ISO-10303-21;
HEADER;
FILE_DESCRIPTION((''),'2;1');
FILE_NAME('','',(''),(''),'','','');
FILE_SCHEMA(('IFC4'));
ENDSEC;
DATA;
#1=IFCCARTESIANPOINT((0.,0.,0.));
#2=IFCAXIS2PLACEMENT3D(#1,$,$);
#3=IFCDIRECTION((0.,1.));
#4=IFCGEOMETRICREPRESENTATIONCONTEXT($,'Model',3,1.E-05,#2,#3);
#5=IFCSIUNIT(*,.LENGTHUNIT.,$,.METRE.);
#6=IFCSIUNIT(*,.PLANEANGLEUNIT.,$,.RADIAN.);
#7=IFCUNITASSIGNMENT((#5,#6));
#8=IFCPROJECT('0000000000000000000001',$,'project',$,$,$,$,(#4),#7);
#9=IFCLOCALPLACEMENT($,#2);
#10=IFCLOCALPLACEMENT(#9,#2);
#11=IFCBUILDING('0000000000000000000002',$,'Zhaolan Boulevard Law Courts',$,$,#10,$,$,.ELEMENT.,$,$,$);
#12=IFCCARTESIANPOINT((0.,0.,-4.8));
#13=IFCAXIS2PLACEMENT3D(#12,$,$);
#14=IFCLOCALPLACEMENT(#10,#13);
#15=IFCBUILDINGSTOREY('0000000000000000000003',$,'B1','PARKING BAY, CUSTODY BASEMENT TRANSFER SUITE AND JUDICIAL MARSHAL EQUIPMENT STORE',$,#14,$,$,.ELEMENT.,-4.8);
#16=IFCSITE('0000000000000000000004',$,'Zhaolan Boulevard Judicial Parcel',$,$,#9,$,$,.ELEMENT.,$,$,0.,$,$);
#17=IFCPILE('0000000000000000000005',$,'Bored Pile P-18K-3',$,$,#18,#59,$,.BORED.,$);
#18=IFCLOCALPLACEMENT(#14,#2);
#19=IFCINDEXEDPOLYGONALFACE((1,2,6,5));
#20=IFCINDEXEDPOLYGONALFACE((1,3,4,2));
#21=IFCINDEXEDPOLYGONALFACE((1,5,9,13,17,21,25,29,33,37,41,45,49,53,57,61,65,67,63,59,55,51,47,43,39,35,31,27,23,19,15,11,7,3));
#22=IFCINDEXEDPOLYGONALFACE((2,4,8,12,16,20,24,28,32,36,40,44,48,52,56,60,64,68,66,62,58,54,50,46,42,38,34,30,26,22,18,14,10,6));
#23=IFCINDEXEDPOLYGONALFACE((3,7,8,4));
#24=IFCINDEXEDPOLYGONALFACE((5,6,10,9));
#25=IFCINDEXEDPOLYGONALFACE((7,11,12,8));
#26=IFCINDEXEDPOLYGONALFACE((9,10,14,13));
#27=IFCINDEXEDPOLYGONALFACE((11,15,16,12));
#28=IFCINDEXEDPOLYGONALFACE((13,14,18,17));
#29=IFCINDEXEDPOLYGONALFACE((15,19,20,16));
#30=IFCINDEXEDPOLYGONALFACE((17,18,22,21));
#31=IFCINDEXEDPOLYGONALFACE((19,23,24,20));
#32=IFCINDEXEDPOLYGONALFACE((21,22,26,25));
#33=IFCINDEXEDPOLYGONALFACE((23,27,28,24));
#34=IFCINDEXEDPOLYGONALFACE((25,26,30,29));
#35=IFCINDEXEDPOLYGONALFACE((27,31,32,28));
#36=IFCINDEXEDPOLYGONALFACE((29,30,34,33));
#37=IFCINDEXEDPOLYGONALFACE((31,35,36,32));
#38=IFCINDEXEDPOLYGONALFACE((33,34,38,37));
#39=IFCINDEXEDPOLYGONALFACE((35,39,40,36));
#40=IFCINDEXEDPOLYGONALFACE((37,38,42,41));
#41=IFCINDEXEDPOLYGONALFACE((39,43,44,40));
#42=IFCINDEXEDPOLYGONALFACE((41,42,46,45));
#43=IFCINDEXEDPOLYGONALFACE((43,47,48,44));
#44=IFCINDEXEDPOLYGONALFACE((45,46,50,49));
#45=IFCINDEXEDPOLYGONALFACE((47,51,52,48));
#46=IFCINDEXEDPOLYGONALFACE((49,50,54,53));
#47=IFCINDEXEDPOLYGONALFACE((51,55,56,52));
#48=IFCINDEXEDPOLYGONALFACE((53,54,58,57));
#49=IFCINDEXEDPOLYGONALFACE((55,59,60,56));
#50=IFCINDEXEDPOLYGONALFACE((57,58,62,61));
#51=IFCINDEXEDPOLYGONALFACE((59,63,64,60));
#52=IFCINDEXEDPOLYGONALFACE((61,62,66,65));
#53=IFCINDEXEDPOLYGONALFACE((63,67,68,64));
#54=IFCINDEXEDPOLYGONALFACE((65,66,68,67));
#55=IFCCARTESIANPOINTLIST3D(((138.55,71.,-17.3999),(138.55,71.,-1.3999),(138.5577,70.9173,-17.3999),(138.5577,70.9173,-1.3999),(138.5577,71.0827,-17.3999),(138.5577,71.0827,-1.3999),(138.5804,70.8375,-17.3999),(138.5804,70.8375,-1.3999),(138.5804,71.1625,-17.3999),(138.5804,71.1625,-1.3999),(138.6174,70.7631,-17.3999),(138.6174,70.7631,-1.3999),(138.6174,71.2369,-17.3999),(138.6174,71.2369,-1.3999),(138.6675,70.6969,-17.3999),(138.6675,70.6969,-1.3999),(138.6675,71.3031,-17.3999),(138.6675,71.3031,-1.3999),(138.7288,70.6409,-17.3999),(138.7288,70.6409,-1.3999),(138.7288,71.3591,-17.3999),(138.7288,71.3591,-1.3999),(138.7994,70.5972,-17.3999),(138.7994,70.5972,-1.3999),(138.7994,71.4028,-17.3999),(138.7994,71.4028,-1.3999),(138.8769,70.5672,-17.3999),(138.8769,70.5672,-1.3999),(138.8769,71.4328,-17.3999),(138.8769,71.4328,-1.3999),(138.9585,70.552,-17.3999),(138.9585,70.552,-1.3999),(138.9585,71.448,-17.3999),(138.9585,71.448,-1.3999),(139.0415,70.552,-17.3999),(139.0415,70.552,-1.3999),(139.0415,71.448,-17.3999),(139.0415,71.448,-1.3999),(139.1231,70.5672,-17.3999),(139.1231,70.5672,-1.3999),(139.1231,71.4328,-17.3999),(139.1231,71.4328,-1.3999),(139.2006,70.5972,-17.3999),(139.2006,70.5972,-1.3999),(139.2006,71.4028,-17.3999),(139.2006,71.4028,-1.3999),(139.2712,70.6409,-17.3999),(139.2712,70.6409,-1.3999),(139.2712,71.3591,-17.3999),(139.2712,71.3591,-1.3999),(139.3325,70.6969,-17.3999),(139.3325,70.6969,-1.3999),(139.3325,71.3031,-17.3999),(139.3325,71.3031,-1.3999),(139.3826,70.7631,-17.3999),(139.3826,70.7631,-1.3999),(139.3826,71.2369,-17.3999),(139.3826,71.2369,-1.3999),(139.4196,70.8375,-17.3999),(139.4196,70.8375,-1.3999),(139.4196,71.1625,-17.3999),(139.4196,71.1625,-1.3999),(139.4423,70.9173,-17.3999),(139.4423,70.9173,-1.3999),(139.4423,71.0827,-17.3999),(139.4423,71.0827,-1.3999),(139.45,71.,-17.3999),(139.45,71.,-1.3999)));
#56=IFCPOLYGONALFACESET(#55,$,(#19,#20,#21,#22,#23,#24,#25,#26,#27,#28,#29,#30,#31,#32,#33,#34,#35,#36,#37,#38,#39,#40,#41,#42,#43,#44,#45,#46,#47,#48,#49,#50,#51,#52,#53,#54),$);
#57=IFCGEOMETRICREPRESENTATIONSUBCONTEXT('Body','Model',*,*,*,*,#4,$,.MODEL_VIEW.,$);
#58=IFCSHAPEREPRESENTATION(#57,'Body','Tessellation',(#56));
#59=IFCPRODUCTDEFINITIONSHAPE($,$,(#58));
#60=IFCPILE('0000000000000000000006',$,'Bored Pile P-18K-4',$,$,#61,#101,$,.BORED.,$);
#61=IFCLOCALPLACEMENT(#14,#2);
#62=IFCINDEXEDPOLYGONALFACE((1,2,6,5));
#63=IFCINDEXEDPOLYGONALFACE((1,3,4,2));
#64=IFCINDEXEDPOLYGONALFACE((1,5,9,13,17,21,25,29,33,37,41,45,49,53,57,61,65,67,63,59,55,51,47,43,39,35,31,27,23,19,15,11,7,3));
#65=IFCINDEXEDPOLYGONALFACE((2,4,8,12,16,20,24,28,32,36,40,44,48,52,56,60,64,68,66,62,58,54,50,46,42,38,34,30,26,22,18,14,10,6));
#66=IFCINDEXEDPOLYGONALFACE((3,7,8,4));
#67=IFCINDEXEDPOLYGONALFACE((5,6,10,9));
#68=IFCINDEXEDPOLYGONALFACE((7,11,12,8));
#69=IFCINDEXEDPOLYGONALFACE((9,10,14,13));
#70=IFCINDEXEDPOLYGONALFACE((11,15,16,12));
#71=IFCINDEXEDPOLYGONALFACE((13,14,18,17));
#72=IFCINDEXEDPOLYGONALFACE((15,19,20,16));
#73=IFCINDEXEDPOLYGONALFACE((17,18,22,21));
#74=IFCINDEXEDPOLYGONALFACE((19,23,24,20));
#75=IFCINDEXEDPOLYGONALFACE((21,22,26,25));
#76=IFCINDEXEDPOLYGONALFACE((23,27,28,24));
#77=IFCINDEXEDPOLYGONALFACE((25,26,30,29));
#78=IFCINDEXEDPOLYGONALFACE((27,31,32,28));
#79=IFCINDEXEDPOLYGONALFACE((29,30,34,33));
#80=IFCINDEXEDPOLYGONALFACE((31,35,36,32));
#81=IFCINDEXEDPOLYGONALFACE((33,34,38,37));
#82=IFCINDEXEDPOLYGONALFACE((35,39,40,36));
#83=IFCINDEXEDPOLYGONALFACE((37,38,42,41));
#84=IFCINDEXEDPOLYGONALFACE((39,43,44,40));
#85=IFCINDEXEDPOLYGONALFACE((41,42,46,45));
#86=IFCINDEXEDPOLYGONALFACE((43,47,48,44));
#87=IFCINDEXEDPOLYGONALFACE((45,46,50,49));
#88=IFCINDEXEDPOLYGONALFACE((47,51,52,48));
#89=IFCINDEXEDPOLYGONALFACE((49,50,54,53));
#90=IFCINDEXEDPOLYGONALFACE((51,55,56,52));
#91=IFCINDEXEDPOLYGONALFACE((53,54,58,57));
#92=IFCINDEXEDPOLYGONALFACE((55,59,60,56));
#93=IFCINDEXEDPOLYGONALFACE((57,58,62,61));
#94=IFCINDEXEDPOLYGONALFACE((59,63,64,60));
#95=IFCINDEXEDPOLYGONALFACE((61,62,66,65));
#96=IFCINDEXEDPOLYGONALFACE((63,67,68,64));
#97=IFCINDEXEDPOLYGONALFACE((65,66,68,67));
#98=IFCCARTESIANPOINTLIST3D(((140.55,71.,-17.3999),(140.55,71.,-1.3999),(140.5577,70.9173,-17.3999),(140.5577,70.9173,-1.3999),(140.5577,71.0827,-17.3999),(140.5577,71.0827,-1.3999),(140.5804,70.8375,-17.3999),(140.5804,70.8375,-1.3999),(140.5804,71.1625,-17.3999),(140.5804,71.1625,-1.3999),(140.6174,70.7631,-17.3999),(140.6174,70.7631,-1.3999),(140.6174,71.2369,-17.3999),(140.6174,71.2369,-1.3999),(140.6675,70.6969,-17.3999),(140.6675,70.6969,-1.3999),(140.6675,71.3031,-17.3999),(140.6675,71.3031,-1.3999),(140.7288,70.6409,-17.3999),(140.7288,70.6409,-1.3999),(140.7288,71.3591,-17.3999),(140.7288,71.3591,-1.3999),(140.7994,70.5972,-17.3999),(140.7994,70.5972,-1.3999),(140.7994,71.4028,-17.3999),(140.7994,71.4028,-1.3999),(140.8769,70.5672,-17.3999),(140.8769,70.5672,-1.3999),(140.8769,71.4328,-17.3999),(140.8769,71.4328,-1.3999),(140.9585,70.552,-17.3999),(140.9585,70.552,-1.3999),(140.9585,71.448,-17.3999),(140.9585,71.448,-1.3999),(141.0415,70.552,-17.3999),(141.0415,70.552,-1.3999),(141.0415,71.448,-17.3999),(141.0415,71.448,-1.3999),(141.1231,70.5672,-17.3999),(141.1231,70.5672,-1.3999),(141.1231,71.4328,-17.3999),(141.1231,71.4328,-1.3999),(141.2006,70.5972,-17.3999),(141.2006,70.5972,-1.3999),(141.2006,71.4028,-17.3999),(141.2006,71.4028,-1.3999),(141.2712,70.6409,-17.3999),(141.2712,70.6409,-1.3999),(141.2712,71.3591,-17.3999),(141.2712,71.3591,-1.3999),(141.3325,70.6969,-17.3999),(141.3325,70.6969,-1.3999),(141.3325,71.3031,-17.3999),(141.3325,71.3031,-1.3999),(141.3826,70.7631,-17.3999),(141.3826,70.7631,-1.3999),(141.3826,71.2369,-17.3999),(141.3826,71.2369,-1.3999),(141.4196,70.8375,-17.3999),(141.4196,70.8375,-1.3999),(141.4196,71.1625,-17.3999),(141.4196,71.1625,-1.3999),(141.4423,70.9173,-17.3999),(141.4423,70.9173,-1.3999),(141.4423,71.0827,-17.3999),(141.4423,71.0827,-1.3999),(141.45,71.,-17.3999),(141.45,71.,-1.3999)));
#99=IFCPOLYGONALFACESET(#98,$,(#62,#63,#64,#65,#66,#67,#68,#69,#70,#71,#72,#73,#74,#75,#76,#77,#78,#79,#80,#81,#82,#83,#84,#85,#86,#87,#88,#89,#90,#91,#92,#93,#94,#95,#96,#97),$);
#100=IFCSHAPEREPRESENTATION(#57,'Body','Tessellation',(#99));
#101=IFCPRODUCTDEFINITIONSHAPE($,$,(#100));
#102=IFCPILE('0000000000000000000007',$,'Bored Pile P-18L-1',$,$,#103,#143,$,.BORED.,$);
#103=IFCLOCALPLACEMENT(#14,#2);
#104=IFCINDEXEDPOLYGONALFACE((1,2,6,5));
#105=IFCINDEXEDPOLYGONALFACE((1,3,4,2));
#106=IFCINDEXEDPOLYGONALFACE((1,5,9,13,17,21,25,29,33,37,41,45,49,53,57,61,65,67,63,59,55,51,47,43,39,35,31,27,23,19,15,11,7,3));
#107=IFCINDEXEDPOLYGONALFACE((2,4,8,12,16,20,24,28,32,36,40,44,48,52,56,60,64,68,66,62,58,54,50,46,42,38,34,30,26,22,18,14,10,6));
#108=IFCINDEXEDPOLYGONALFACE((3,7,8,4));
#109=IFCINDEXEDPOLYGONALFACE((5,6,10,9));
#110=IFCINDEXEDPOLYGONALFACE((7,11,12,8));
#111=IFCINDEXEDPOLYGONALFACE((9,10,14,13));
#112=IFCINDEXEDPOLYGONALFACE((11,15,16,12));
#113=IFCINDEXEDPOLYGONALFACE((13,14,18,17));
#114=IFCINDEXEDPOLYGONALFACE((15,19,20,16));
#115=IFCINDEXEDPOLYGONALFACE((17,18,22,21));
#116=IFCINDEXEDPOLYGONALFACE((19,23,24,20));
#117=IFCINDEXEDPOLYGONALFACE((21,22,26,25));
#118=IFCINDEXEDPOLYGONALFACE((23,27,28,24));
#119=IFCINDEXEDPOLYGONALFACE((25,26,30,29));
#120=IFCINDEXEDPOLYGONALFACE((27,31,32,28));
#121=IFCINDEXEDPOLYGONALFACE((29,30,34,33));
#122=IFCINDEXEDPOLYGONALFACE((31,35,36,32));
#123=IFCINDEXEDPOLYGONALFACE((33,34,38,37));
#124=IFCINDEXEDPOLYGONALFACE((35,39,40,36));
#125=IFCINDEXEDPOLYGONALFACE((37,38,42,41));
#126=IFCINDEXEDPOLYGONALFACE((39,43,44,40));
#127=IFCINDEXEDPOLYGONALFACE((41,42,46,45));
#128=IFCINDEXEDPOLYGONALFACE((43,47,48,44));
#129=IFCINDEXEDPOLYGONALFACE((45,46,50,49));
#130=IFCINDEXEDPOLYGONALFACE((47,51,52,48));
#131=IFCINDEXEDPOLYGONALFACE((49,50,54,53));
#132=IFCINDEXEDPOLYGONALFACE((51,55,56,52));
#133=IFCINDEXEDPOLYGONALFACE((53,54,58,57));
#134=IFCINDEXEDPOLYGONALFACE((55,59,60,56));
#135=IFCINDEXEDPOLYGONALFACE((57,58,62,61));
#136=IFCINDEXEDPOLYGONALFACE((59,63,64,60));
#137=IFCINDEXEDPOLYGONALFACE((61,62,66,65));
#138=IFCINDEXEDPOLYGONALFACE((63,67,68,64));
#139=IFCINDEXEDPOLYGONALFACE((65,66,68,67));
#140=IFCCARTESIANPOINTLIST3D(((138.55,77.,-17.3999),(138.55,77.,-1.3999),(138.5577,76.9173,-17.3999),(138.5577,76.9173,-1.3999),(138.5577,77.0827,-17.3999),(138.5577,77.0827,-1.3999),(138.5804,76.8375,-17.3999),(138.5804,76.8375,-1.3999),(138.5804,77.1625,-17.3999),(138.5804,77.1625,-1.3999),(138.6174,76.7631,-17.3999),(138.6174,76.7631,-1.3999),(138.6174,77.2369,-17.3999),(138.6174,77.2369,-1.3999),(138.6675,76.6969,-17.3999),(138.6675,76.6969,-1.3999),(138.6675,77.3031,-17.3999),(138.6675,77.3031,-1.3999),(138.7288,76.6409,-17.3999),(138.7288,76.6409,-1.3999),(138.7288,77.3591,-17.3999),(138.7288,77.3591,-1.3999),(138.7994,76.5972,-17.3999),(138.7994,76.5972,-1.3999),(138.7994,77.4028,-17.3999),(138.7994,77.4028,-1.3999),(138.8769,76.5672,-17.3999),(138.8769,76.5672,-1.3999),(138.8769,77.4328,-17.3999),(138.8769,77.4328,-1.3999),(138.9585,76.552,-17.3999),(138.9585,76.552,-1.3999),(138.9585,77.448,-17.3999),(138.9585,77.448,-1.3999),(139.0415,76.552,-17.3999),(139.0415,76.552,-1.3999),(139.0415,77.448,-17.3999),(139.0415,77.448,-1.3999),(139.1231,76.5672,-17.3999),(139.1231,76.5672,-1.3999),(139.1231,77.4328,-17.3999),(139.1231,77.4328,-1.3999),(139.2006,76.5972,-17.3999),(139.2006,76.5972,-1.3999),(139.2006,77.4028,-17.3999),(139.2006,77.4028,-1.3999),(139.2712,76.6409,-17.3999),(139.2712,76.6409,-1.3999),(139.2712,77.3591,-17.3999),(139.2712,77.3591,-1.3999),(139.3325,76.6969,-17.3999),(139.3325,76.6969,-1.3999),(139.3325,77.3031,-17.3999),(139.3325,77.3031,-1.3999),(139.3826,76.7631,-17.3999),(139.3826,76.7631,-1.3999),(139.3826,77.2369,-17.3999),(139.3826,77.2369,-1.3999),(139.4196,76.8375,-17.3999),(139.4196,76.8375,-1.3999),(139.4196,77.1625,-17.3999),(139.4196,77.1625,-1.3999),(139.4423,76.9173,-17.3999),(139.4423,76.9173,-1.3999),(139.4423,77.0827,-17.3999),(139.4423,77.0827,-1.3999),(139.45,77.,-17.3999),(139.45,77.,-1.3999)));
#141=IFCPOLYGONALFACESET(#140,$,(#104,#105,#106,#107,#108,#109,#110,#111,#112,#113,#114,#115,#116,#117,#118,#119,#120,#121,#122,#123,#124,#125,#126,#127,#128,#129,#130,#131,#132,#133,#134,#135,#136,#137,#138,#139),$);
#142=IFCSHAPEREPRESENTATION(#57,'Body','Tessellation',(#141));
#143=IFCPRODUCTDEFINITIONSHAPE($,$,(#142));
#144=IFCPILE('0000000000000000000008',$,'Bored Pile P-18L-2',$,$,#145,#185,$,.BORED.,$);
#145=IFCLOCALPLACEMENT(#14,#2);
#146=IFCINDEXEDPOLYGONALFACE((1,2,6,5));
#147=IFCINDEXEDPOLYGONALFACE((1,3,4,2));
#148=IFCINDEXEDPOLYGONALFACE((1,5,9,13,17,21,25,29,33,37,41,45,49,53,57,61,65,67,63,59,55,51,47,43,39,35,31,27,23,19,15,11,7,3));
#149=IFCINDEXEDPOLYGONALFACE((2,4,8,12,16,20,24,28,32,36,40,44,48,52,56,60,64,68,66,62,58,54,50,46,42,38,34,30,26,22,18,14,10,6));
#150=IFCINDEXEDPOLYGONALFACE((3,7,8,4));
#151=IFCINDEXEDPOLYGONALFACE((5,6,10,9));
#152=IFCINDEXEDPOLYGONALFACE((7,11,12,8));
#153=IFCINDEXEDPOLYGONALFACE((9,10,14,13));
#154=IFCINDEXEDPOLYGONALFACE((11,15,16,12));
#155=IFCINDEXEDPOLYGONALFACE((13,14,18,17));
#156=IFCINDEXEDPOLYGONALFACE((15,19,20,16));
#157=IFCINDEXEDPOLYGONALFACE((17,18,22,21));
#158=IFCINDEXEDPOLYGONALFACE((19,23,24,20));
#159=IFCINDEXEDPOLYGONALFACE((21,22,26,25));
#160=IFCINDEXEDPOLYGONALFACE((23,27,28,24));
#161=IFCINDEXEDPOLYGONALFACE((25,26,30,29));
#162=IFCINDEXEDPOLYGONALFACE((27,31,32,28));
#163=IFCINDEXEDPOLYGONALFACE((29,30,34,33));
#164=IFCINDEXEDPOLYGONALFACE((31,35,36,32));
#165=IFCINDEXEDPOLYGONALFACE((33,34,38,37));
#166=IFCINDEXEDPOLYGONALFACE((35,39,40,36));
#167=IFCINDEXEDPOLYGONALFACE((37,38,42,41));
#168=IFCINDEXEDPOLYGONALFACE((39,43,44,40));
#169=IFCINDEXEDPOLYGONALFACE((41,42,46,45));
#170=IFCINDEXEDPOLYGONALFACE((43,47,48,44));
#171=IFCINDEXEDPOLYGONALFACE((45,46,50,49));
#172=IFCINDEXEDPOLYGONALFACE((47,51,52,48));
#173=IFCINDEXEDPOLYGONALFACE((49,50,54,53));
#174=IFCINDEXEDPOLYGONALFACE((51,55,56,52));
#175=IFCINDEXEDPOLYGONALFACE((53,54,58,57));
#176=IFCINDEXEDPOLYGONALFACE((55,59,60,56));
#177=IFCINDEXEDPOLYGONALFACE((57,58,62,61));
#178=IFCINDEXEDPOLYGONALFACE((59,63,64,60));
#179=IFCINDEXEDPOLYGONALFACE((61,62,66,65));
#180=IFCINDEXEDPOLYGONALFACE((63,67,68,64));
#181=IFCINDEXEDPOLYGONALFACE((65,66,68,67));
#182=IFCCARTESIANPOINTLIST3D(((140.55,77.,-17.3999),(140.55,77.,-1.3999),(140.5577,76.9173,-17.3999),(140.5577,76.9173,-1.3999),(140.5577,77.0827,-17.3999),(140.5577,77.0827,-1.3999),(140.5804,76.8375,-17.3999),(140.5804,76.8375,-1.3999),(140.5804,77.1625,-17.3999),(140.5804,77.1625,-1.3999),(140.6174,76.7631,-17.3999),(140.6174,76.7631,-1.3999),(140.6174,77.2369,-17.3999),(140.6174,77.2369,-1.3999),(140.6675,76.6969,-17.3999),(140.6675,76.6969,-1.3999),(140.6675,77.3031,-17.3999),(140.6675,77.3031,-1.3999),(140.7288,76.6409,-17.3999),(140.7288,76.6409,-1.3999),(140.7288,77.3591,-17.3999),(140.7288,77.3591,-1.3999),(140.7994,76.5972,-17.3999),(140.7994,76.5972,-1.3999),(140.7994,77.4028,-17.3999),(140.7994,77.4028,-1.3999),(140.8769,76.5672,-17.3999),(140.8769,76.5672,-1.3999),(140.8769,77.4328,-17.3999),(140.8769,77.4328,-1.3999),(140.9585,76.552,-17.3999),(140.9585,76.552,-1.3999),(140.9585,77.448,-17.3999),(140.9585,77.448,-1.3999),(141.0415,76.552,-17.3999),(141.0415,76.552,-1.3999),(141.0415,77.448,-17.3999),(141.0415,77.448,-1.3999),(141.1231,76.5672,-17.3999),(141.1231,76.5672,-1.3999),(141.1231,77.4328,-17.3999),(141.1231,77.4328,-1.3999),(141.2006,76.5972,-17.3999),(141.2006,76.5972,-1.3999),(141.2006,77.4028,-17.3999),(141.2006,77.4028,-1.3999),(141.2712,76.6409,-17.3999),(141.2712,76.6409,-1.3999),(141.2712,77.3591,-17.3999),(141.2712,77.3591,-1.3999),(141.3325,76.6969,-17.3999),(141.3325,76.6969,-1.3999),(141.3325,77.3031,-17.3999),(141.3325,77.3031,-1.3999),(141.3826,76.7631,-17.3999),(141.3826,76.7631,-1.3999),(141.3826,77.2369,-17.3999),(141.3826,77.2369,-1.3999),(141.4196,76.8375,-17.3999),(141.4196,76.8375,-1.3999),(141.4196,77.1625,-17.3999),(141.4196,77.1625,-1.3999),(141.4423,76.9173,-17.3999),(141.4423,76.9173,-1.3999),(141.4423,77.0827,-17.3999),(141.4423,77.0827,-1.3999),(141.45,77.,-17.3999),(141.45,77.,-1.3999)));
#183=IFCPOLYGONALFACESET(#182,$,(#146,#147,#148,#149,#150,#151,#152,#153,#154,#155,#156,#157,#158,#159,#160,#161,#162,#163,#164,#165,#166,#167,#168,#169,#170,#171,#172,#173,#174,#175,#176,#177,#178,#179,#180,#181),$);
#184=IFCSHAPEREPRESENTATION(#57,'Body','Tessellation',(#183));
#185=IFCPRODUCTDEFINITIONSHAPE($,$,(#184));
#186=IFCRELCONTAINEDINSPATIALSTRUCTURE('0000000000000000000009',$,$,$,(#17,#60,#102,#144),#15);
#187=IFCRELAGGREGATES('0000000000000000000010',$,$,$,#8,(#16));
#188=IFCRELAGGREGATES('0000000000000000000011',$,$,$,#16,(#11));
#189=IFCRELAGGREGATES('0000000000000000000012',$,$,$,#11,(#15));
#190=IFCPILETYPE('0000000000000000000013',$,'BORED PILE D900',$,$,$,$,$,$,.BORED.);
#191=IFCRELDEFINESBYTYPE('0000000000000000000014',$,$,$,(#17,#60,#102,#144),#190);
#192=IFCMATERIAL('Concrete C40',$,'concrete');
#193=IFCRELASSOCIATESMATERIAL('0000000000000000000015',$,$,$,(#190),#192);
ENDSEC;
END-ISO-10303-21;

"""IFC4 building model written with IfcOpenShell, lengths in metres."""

from ifc_helpers import new_model, si_unit, direction, frame, origin, origin_2d, place, context, subcontext, project, spatial, circle, extrude, material, material_profile, profile_set, type_object, element, save


model = new_model("IFC4")

# Units and contexts
model_context = context("Model", 3, precision=1e-05, world=origin(), true_north=direction((0.0, 1.0)))
body_context = subcontext(model_context, "Body", "Model", "MODEL_VIEW")
ifc_project = project(units=[si_unit("LENGTHUNIT", "METRE"), si_unit("PLANEANGLEUNIT", "RADIAN")], contexts=[model_context])

# Site, building, storey
site_placement = place(None, origin())
site = spatial("IfcSite", under=ifc_project, at=site_placement, Name="Zhaolan Boulevard Judicial Parcel", CompositionType="ELEMENT", RefElevation=0.0)
building_placement = place(site_placement, origin())
building = spatial("IfcBuilding", under=site, at=building_placement, Name="Zhaolan Boulevard Law Courts", CompositionType="ELEMENT")
storey_placement = place(building_placement, frame((0.0, 0.0, -4.8)))
storey = spatial("IfcBuildingStorey", under=building, at=storey_placement, Name="B1", Description="PARKING BAY, CUSTODY BASEMENT TRANSFER SUITE AND JUDICIAL MARSHAL EQUIPMENT STORE", CompositionType="ELEMENT", Elevation=-4.8)

# Piles
ifc_material_1 = material(Name="Concrete C40", Category="concrete")
ifc_material_profile_1 = material_profile(ifc_material_1, circle(Radius=0.45, at=origin_2d()), Name="PILE-D900")
ifc_profile_set_1 = profile_set([ifc_material_profile_1], Name="Concrete C40")
pile_type = type_object("IfcPileType", Name="BORED PILE D900", PredefinedType="BORED", material=ifc_profile_set_1)
for number, where, z_axis, x_axis, name in (
    (1, (139.0, 71.0, -1.3999), (0.0, 0.0, -1.0), (1.0, 0.0, 0.0), "Bored Pile P-18K-3"),
    (2, (141.0, 71.0, -1.3999), (0.0, 0.0, -1.0), (1.0, 0.0, 0.0), "Bored Pile P-18K-4"),
    (3, (139.0, 77.0, -1.3999), (0.0, 0.0, -1.0), (1.0, 0.0, 0.0), "Bored Pile P-18L-1"),
    (4, (141.0, 77.0, -1.3999), (0.0, 0.0, -1.0), (1.0, 0.0, 0.0), "Bored Pile P-18L-2"),
):
    element("IfcPile", number, at=place(storey_placement, frame(where, z_axis=z_axis, x_axis=x_axis)), inside=storey, type_object=pile_type, Name=name, PredefinedType="BORED", context=body_context, shape_type="SweptSolid", body=[
        extrude(circle(Radius=0.45, at=origin_2d()), origin(), (0.0, 0.0, 1.0), 16.0),
    ])

save(model, "model.ifc")
